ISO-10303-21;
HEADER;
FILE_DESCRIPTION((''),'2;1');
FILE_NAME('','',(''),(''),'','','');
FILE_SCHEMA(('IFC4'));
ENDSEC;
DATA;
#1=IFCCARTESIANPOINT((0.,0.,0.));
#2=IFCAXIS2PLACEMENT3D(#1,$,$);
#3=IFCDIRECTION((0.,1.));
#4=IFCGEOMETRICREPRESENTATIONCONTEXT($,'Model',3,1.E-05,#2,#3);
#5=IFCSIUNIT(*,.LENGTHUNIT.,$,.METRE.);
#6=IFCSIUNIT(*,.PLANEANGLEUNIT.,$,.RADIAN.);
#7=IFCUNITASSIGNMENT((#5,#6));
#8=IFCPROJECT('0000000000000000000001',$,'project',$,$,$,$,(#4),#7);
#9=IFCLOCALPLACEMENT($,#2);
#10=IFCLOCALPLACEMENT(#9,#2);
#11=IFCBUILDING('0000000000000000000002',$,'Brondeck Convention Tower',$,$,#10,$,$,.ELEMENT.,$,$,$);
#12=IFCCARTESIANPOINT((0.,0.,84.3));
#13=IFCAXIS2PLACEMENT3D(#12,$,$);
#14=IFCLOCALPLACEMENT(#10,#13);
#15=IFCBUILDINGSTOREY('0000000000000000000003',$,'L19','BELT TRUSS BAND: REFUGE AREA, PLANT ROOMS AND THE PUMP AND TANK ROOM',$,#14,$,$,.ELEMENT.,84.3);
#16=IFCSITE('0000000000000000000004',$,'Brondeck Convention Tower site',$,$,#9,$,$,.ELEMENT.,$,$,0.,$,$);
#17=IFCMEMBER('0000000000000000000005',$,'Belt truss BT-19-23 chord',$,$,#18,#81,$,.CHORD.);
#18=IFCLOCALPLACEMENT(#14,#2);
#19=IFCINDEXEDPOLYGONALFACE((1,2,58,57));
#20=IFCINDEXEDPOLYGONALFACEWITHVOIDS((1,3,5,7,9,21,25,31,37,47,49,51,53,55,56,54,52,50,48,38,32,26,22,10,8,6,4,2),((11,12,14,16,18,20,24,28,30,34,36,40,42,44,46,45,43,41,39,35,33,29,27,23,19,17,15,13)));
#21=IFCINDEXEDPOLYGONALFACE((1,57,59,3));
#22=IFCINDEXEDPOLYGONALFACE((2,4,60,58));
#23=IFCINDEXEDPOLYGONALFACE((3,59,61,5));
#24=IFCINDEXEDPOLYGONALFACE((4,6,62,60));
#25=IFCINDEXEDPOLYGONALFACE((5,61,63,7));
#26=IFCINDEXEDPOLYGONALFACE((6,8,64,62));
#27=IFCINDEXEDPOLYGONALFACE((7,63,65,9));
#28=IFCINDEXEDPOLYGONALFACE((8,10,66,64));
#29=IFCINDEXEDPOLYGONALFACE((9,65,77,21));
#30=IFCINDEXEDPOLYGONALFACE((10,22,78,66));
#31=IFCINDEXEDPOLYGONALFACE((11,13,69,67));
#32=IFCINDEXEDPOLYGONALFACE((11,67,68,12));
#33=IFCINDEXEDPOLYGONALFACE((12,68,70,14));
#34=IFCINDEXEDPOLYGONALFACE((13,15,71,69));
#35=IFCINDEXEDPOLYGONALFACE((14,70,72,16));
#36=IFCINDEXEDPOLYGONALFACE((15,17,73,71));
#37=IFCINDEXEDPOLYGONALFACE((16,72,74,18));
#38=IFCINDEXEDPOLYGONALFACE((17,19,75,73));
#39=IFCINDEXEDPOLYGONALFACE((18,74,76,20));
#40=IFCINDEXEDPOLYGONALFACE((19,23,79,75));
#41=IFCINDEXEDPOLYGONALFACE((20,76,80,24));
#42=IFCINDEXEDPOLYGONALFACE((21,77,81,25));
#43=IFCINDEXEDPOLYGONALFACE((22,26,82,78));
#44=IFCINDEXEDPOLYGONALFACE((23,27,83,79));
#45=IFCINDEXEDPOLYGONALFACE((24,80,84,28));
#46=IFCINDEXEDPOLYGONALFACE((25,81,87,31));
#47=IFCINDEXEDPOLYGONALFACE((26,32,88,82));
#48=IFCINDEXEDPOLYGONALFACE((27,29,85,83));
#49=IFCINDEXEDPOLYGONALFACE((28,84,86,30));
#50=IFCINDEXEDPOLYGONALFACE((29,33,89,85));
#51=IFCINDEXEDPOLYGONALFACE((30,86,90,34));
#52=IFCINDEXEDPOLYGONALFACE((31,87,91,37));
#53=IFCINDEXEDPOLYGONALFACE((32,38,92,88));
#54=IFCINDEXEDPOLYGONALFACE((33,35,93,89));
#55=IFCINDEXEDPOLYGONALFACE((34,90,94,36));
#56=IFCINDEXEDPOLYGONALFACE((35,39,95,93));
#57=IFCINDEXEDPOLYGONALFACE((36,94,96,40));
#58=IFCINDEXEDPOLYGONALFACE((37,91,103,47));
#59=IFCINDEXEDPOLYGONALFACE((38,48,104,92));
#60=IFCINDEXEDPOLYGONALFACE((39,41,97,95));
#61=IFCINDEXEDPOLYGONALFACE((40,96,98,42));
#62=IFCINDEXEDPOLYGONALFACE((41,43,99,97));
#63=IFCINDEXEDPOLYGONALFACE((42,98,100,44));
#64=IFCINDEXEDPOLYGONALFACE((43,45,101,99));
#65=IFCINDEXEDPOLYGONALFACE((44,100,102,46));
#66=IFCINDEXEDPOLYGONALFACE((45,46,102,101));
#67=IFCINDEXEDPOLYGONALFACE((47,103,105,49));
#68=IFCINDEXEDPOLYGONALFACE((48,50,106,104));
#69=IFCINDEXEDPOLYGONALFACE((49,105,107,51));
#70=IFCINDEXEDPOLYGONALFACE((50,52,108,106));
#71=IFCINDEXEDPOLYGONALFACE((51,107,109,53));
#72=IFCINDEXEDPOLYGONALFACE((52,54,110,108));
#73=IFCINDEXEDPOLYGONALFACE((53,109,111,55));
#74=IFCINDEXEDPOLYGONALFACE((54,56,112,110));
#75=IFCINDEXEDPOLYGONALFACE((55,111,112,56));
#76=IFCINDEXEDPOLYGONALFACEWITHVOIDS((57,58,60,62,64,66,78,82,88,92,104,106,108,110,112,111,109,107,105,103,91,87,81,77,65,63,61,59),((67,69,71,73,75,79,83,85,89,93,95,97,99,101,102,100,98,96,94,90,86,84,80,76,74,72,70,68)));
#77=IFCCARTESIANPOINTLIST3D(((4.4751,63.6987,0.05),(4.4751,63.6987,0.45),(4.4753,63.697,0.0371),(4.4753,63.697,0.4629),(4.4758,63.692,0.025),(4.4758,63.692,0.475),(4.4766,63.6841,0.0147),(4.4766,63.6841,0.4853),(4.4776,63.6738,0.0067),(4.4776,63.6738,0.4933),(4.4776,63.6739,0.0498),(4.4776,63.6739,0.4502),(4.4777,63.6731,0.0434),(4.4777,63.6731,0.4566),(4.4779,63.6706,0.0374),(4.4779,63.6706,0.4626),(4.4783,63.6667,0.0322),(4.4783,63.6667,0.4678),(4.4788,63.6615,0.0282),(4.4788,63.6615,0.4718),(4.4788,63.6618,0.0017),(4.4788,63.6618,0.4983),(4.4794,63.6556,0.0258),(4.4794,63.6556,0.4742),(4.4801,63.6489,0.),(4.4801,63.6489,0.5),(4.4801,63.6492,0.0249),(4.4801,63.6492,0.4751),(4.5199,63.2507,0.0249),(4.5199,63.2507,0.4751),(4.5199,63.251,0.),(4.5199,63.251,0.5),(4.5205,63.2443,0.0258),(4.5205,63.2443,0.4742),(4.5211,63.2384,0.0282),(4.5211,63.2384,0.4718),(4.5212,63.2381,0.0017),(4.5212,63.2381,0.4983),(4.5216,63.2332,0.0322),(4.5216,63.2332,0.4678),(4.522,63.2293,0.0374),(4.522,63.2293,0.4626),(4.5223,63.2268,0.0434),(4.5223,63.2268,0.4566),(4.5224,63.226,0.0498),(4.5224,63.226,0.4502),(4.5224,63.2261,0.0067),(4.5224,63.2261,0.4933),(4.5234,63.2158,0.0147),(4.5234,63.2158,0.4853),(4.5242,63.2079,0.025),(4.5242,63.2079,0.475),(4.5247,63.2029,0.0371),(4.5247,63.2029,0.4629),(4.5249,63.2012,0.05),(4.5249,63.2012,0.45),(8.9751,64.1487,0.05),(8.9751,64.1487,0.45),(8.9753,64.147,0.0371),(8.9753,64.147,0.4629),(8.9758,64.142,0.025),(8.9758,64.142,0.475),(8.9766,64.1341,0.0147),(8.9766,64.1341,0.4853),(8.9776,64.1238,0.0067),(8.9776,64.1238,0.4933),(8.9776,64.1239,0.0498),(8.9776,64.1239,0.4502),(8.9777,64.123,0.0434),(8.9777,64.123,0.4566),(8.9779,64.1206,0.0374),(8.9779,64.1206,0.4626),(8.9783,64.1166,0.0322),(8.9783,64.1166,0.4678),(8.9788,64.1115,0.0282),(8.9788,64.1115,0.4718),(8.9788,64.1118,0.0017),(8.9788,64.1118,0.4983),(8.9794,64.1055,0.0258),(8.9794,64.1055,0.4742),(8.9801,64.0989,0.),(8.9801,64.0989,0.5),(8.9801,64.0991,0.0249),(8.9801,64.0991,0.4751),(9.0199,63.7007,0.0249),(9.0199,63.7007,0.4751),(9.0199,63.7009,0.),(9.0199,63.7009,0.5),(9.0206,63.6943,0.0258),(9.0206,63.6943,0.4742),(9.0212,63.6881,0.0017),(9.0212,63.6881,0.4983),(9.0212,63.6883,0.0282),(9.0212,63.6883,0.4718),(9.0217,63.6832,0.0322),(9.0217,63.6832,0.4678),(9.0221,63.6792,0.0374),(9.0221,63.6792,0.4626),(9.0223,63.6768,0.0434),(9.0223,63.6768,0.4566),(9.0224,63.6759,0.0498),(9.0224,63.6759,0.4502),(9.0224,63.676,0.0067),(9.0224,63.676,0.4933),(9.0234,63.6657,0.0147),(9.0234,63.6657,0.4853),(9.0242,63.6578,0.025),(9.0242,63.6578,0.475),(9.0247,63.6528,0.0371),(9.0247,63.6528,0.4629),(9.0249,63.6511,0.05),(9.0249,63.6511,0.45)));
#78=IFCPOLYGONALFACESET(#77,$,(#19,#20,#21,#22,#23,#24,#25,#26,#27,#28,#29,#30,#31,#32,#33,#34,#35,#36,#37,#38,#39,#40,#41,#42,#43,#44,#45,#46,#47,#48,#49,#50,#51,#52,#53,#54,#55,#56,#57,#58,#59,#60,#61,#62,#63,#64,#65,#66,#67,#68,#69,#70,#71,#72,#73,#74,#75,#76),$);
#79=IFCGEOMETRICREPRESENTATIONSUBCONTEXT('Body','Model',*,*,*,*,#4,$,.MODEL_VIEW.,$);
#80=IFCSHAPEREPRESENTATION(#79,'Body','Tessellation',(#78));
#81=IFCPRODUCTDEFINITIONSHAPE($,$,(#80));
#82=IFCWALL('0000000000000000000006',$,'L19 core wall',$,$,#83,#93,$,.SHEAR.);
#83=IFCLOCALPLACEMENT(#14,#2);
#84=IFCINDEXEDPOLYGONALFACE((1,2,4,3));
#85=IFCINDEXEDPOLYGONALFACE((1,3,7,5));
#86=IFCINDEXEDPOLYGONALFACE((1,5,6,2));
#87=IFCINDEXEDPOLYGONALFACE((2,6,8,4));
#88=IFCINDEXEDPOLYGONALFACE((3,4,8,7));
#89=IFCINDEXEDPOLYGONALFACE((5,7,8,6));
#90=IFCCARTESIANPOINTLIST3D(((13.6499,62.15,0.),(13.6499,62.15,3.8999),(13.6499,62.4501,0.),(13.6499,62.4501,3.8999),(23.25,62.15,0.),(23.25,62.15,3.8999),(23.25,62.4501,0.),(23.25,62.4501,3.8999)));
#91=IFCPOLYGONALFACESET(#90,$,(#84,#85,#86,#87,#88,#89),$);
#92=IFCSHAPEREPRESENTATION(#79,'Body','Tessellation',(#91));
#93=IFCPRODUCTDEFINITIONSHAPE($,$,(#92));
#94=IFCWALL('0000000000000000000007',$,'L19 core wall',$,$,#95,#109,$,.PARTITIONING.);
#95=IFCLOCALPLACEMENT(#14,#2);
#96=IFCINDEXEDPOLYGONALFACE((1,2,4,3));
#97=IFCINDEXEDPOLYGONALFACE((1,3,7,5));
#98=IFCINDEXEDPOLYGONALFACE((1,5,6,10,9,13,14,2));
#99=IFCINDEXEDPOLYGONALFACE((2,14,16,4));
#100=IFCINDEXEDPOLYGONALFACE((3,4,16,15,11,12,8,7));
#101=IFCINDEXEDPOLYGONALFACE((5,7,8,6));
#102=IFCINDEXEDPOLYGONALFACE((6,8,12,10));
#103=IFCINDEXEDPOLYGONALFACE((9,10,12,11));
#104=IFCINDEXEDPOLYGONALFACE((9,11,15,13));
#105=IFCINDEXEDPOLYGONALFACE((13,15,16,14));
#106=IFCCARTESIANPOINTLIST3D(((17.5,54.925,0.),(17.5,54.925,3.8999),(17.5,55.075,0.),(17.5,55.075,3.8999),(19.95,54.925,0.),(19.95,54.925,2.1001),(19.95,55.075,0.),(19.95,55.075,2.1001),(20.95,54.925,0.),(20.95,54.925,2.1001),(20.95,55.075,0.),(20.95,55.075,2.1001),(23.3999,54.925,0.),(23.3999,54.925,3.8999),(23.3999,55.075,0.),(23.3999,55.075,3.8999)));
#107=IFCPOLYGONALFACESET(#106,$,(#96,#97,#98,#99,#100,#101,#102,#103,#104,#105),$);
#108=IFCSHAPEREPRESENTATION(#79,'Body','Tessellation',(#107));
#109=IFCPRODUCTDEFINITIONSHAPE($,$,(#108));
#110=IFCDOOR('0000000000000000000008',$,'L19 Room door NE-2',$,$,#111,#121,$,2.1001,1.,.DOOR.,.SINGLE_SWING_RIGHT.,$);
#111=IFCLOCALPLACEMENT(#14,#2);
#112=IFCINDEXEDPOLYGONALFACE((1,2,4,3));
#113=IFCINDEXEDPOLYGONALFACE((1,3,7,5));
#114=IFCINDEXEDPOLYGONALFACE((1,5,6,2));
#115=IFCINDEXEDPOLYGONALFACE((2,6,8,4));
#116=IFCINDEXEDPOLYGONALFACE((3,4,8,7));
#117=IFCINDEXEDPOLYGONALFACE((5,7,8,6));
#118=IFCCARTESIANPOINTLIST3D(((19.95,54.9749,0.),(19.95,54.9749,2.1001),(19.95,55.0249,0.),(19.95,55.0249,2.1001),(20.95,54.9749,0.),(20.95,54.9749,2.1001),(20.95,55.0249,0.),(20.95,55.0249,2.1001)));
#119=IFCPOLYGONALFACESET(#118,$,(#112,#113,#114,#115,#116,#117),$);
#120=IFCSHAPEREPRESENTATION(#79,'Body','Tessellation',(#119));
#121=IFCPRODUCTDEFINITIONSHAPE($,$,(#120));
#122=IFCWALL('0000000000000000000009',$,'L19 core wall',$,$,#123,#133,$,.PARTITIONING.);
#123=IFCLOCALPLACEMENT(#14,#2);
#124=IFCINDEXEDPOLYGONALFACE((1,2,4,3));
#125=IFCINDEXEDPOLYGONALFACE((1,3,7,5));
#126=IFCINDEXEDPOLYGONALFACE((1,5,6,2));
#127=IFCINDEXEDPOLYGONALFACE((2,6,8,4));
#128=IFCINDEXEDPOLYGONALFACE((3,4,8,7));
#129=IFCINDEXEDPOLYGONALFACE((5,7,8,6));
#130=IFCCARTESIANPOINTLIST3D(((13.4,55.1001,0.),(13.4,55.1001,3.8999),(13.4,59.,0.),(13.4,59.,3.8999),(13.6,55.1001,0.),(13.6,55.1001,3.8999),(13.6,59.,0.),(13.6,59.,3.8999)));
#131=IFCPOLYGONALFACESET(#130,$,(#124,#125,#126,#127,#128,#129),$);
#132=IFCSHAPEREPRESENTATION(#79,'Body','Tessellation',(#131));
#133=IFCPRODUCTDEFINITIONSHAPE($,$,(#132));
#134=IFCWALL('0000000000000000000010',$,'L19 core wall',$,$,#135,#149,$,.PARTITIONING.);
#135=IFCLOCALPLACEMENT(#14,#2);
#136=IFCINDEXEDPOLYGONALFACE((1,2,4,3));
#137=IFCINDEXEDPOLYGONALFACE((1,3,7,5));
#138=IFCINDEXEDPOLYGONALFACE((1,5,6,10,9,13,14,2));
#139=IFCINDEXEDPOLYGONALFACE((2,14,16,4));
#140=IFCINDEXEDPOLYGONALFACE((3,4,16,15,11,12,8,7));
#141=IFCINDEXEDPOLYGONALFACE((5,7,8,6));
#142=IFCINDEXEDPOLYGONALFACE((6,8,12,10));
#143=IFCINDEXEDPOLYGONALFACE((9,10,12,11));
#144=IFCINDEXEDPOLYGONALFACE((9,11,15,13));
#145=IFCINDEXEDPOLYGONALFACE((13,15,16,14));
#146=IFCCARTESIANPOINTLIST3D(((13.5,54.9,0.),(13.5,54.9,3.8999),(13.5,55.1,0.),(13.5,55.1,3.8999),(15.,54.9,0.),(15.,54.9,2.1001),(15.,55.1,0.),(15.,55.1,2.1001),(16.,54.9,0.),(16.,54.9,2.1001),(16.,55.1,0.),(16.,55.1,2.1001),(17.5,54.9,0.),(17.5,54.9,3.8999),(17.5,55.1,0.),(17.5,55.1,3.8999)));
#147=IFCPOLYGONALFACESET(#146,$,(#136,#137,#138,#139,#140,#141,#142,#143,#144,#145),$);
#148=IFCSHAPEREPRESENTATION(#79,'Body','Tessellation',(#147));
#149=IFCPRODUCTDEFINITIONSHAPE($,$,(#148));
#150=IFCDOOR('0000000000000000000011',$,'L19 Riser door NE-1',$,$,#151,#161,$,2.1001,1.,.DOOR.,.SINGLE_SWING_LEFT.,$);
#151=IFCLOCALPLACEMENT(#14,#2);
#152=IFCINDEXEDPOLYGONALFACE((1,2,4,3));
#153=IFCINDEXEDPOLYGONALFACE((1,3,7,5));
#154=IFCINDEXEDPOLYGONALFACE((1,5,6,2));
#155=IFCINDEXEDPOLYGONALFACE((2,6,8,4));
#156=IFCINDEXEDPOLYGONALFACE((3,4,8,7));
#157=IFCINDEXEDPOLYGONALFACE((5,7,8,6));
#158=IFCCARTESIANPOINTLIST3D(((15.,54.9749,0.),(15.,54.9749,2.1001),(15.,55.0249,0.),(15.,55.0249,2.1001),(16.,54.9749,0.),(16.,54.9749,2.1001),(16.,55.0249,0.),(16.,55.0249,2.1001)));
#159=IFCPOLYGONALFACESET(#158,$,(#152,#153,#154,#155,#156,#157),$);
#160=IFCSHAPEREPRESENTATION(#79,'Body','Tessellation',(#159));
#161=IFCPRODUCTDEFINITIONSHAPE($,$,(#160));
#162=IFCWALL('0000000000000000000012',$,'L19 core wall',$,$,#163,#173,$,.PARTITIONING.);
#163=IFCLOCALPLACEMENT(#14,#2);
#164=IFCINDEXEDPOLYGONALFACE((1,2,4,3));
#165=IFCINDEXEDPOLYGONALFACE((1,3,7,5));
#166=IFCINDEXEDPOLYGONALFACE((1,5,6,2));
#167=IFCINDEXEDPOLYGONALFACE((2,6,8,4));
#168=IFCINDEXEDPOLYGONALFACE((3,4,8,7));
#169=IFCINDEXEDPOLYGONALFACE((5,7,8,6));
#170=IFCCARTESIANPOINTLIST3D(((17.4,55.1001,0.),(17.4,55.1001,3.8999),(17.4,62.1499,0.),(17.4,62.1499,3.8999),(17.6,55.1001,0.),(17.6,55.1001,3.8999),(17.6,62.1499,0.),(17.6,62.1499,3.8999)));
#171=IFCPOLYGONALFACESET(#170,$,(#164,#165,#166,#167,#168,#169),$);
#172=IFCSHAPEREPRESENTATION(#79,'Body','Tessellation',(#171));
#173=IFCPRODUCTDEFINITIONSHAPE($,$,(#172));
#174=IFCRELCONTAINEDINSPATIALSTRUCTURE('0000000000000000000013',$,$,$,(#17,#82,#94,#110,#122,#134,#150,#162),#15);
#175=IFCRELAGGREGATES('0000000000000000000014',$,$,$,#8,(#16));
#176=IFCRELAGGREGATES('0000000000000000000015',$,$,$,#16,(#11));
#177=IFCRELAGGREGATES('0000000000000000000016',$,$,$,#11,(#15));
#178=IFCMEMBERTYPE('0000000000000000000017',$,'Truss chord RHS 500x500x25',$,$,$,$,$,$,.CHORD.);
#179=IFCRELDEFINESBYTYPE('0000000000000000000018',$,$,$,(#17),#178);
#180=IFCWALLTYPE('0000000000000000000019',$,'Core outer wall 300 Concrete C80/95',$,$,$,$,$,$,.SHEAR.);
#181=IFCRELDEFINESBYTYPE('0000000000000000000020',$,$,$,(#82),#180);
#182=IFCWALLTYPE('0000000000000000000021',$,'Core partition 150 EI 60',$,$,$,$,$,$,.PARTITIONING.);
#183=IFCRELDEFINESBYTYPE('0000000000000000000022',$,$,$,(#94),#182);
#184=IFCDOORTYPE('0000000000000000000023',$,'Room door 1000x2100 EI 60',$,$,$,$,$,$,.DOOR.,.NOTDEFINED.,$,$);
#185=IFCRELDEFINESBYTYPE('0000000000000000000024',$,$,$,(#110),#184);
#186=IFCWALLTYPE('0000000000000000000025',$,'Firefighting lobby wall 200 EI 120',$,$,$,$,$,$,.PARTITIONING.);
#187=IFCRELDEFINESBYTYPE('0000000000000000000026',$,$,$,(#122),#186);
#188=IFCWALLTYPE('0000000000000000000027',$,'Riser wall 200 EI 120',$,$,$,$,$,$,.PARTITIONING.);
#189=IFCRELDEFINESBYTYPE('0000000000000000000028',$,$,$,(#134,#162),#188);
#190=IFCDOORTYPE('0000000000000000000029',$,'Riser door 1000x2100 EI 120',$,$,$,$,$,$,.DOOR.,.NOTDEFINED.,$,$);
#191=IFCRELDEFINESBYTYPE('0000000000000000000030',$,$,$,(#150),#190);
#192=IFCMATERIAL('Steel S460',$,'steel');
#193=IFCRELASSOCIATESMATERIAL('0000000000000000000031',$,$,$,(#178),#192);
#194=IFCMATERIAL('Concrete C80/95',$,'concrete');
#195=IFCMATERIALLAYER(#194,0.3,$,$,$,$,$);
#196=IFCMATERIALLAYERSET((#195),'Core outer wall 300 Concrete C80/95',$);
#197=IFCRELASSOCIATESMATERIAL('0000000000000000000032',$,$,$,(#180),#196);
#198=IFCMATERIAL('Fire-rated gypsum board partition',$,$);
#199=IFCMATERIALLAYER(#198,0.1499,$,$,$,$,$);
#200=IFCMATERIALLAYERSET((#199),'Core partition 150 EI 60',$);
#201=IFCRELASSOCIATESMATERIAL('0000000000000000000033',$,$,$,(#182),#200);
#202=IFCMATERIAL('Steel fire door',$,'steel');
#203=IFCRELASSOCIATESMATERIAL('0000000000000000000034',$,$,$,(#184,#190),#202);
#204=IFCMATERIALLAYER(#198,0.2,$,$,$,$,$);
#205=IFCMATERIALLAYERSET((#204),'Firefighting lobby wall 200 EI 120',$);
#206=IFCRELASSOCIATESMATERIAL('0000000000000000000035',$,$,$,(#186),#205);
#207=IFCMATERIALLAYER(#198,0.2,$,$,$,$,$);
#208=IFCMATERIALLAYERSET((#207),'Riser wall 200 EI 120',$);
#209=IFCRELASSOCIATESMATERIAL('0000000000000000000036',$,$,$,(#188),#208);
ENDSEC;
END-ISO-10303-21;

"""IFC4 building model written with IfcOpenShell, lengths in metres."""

from ifc_helpers import new_model, si_unit, direction, frame, frame_2d, origin, origin_2d, place, context, subcontext, project, spatial, rectangle, hollow_rectangle, extrude, material, layer, layer_set, material_profile, profile_set, type_object, element, fill, save


model = new_model("IFC4")

# Units and contexts
model_context = context("Model", 3, precision=1e-05, world=origin(), true_north=direction((0.0, 1.0)))
body_context = subcontext(model_context, "Body", "Model", "MODEL_VIEW")
ifc_project = project(units=[si_unit("LENGTHUNIT", "METRE"), si_unit("PLANEANGLEUNIT", "RADIAN")], contexts=[model_context])

# Site, building, storey
site_placement = place(None, origin())
site = spatial("IfcSite", under=ifc_project, at=site_placement, Name="Brondeck Convention Tower site", CompositionType="ELEMENT", RefElevation=0.0)
building_placement = place(site_placement, origin())
building = spatial("IfcBuilding", under=site, at=building_placement, Name="Brondeck Convention Tower", CompositionType="ELEMENT")
storey_placement = place(building_placement, frame((0.0, 0.0, 84.3)))
storey = spatial("IfcBuildingStorey", under=building, at=storey_placement, Name="L19", Description="BELT TRUSS BAND: REFUGE AREA, PLANT ROOMS AND THE PUMP AND TANK ROOM", CompositionType="ELEMENT", Elevation=84.3)

# Shared definitions
ifc_material_1 = material(Name="Concrete C80/95", Category="concrete")

# Shared definitions
ifc_material_2 = material(Name="Steel S460", Category="steel")

# Member
ifc_material_profile_1 = material_profile(ifc_material_2, hollow_rectangle(XDim=0.5, YDim=0.5, WallThickness=0.0249, InnerFilletRadius=0.0249, OuterFilletRadius=0.05, at=origin_2d()), Name="RHS 500x500x25")
ifc_profile_set_1 = profile_set([ifc_material_profile_1], Name="Steel S460")
member_type_1 = type_object("IfcMemberType", Name="Truss chord RHS 500x500x25", PredefinedType="CHORD", material=ifc_profile_set_1)
member_placement = place(storey_placement, frame((9.0, 63.8999, 0.25), z_axis=(-0.995038, -0.099493, 0.0), x_axis=(0.099493, -0.995038, 0.0)))
element("IfcMember", 1, at=member_placement, inside=storey, type_object=member_type_1, Name="Belt truss BT-19-23 chord", PredefinedType="CHORD", context=body_context, shape_type="SweptSolid", body=[
    extrude(hollow_rectangle(XDim=0.5, YDim=0.5, WallThickness=0.0249, InnerFilletRadius=0.0249, OuterFilletRadius=0.05, at=origin_2d()), origin(), (0.0, 0.0, 1.0), 4.5225),
])

# Wall
ifc_layer_1 = layer(ifc_material_1, 0.3)
ifc_layer_set_1 = layer_set([ifc_layer_1], Name="Core outer wall 300 Concrete C80/95")
wall_type_1 = type_object("IfcWallType", Name="Core outer wall 300 Concrete C80/95", PredefinedType="SHEAR", material=ifc_layer_set_1)
wall_1_placement = place(storey_placement, frame((13.6499, 62.3, 0.0), z_axis=(0.0, 0.0, 1.0), x_axis=(1.0, 0.0, 0.0)))
element("IfcWall", 2, at=wall_1_placement, inside=storey, type_object=wall_type_1, Name="L19 core wall", PredefinedType="SHEAR", context=body_context, shape_type="SweptSolid", body=[
    extrude(rectangle(XDim=9.6001, YDim=0.3, at=frame_2d((4.8, 0.0))), origin(), (0.0, 0.0, 1.0), 3.8999),
])

# Wall, opening, door
ifc_material_3 = material(Name="Fire-rated gypsum board partition")
ifc_layer_2 = layer(ifc_material_3, 0.1499)
ifc_layer_set_2 = layer_set([ifc_layer_2], Name="Core partition 150 EI 60")
wall_type_2 = type_object("IfcWallType", Name="Core partition 150 EI 60", PredefinedType="PARTITIONING", material=ifc_layer_set_2)
wall_2_placement = place(storey_placement, frame((17.5, 55.0, 0.0), z_axis=(0.0, 0.0, 1.0), x_axis=(1.0, 0.0, 0.0)))
wall_2 = element("IfcWall", 3, at=wall_2_placement, inside=storey, type_object=wall_type_2, Name="L19 core wall", PredefinedType="PARTITIONING", context=body_context, shape_type="SweptSolid", body=[
    extrude(rectangle(XDim=5.8999, YDim=0.1499, at=frame_2d((2.95, 0.0))), origin(), (0.0, 0.0, 1.0), 3.8999),
])
opening_1_placement = place(wall_2_placement, frame((2.45, 0.0, 0.0)))
opening_1 = element("IfcOpeningElement", 4, at=opening_1_placement, cuts=wall_2, PredefinedType="OPENING", context=body_context, shape_type="SweptSolid", body=[
    extrude(rectangle(XDim=1.0, YDim=2.1001, at=frame_2d((0.5, 1.05))), frame((0.0, 0.085, 0.0), z_axis=(0.0, -1.0, 0.0), x_axis=(1.0, 0.0, 0.0)), (0.0, 0.0, 1.0), 0.1699),
])
ifc_material_4 = material(Name="Steel fire door", Category="steel")
door_type_1 = type_object("IfcDoorType", Name="Room door 1000x2100 EI 60", OperationType="NOTDEFINED", PredefinedType="DOOR", material=ifc_material_4)
door_1_placement = place(opening_1_placement, origin())
door_1 = element("IfcDoor", 5, at=door_1_placement, inside=storey, type_object=door_type_1, Name="L19 Room door NE-2", OperationType="SINGLE_SWING_RIGHT", OverallHeight=2.1001, OverallWidth=1.0, PredefinedType="DOOR", context=body_context, shape_type="SweptSolid", body=[
    extrude(rectangle(XDim=1.0, YDim=2.1001, at=frame_2d((0.5, 1.05))), frame((0.0, 0.0249, 0.0), z_axis=(0.0, -1.0, 0.0), x_axis=(1.0, 0.0, 0.0)), (0.0, 0.0, 1.0), 0.05),
])
fill(opening_1, door_1)

# Wall
ifc_layer_3 = layer(ifc_material_3, 0.2)
ifc_layer_set_3 = layer_set([ifc_layer_3], Name="Firefighting lobby wall 200 EI 120")
wall_type_3 = type_object("IfcWallType", Name="Firefighting lobby wall 200 EI 120", PredefinedType="PARTITIONING", material=ifc_layer_set_3)
wall_3_placement = place(storey_placement, frame((13.5, 55.1001, 0.0), z_axis=(0.0, 0.0, 1.0), x_axis=(0.0, 1.0, 0.0)))
element("IfcWall", 6, at=wall_3_placement, inside=storey, type_object=wall_type_3, Name="L19 core wall", PredefinedType="PARTITIONING", context=body_context, shape_type="SweptSolid", body=[
    extrude(rectangle(XDim=3.8999, YDim=0.2, at=frame_2d((1.95, 0.0))), origin(), (0.0, 0.0, 1.0), 3.8999),
])

# Wall, opening, door
ifc_layer_4 = layer(ifc_material_3, 0.2)
ifc_layer_set_4 = layer_set([ifc_layer_4], Name="Riser wall 200 EI 120")
wall_type_4 = type_object("IfcWallType", Name="Riser wall 200 EI 120", PredefinedType="PARTITIONING", material=ifc_layer_set_4)
wall_4_placement = place(storey_placement, frame((13.5, 55.0, 0.0), z_axis=(0.0, 0.0, 1.0), x_axis=(1.0, 0.0, 0.0)))
wall_4 = element("IfcWall", 7, at=wall_4_placement, inside=storey, type_object=wall_type_4, Name="L19 core wall", PredefinedType="PARTITIONING", context=body_context, shape_type="SweptSolid", body=[
    extrude(rectangle(XDim=4.0, YDim=0.2, at=frame_2d((2.0, 0.0))), origin(), (0.0, 0.0, 1.0), 3.8999),
])
opening_2_placement = place(wall_4_placement, frame((1.5, 0.0, 0.0)))
opening_2 = element("IfcOpeningElement", 8, at=opening_2_placement, cuts=wall_4, PredefinedType="OPENING", context=body_context, shape_type="SweptSolid", body=[
    extrude(rectangle(XDim=1.0, YDim=2.1001, at=frame_2d((0.5, 1.05))), frame((0.0, 0.1099, 0.0), z_axis=(0.0, -1.0, 0.0), x_axis=(1.0, 0.0, 0.0)), (0.0, 0.0, 1.0), 0.22),
])
door_type_2 = type_object("IfcDoorType", Name="Riser door 1000x2100 EI 120", OperationType="NOTDEFINED", PredefinedType="DOOR", material=ifc_material_4)
door_2_placement = place(opening_2_placement, origin())
door_2 = element("IfcDoor", 9, at=door_2_placement, inside=storey, type_object=door_type_2, Name="L19 Riser door NE-1", OperationType="SINGLE_SWING_LEFT", OverallHeight=2.1001, OverallWidth=1.0, PredefinedType="DOOR", context=body_context, shape_type="SweptSolid", body=[
    extrude(rectangle(XDim=1.0, YDim=2.1001, at=frame_2d((0.5, 1.05))), frame((0.0, 0.0249, 0.0), z_axis=(0.0, -1.0, 0.0), x_axis=(1.0, 0.0, 0.0)), (0.0, 0.0, 1.0), 0.05),
])
fill(opening_2, door_2)

# Wall
wall_5_placement = place(storey_placement, frame((17.5, 55.1001, 0.0), z_axis=(0.0, 0.0, 1.0), x_axis=(0.0, 1.0, 0.0)))
element("IfcWall", 10, at=wall_5_placement, inside=storey, type_object=wall_type_4, Name="L19 core wall", PredefinedType="PARTITIONING", context=body_context, shape_type="SweptSolid", body=[
    extrude(rectangle(XDim=7.0498, YDim=0.2, at=frame_2d((3.5249, 0.0))), origin(), (0.0, 0.0, 1.0), 3.8999),
])

save(model, "model.ifc")
